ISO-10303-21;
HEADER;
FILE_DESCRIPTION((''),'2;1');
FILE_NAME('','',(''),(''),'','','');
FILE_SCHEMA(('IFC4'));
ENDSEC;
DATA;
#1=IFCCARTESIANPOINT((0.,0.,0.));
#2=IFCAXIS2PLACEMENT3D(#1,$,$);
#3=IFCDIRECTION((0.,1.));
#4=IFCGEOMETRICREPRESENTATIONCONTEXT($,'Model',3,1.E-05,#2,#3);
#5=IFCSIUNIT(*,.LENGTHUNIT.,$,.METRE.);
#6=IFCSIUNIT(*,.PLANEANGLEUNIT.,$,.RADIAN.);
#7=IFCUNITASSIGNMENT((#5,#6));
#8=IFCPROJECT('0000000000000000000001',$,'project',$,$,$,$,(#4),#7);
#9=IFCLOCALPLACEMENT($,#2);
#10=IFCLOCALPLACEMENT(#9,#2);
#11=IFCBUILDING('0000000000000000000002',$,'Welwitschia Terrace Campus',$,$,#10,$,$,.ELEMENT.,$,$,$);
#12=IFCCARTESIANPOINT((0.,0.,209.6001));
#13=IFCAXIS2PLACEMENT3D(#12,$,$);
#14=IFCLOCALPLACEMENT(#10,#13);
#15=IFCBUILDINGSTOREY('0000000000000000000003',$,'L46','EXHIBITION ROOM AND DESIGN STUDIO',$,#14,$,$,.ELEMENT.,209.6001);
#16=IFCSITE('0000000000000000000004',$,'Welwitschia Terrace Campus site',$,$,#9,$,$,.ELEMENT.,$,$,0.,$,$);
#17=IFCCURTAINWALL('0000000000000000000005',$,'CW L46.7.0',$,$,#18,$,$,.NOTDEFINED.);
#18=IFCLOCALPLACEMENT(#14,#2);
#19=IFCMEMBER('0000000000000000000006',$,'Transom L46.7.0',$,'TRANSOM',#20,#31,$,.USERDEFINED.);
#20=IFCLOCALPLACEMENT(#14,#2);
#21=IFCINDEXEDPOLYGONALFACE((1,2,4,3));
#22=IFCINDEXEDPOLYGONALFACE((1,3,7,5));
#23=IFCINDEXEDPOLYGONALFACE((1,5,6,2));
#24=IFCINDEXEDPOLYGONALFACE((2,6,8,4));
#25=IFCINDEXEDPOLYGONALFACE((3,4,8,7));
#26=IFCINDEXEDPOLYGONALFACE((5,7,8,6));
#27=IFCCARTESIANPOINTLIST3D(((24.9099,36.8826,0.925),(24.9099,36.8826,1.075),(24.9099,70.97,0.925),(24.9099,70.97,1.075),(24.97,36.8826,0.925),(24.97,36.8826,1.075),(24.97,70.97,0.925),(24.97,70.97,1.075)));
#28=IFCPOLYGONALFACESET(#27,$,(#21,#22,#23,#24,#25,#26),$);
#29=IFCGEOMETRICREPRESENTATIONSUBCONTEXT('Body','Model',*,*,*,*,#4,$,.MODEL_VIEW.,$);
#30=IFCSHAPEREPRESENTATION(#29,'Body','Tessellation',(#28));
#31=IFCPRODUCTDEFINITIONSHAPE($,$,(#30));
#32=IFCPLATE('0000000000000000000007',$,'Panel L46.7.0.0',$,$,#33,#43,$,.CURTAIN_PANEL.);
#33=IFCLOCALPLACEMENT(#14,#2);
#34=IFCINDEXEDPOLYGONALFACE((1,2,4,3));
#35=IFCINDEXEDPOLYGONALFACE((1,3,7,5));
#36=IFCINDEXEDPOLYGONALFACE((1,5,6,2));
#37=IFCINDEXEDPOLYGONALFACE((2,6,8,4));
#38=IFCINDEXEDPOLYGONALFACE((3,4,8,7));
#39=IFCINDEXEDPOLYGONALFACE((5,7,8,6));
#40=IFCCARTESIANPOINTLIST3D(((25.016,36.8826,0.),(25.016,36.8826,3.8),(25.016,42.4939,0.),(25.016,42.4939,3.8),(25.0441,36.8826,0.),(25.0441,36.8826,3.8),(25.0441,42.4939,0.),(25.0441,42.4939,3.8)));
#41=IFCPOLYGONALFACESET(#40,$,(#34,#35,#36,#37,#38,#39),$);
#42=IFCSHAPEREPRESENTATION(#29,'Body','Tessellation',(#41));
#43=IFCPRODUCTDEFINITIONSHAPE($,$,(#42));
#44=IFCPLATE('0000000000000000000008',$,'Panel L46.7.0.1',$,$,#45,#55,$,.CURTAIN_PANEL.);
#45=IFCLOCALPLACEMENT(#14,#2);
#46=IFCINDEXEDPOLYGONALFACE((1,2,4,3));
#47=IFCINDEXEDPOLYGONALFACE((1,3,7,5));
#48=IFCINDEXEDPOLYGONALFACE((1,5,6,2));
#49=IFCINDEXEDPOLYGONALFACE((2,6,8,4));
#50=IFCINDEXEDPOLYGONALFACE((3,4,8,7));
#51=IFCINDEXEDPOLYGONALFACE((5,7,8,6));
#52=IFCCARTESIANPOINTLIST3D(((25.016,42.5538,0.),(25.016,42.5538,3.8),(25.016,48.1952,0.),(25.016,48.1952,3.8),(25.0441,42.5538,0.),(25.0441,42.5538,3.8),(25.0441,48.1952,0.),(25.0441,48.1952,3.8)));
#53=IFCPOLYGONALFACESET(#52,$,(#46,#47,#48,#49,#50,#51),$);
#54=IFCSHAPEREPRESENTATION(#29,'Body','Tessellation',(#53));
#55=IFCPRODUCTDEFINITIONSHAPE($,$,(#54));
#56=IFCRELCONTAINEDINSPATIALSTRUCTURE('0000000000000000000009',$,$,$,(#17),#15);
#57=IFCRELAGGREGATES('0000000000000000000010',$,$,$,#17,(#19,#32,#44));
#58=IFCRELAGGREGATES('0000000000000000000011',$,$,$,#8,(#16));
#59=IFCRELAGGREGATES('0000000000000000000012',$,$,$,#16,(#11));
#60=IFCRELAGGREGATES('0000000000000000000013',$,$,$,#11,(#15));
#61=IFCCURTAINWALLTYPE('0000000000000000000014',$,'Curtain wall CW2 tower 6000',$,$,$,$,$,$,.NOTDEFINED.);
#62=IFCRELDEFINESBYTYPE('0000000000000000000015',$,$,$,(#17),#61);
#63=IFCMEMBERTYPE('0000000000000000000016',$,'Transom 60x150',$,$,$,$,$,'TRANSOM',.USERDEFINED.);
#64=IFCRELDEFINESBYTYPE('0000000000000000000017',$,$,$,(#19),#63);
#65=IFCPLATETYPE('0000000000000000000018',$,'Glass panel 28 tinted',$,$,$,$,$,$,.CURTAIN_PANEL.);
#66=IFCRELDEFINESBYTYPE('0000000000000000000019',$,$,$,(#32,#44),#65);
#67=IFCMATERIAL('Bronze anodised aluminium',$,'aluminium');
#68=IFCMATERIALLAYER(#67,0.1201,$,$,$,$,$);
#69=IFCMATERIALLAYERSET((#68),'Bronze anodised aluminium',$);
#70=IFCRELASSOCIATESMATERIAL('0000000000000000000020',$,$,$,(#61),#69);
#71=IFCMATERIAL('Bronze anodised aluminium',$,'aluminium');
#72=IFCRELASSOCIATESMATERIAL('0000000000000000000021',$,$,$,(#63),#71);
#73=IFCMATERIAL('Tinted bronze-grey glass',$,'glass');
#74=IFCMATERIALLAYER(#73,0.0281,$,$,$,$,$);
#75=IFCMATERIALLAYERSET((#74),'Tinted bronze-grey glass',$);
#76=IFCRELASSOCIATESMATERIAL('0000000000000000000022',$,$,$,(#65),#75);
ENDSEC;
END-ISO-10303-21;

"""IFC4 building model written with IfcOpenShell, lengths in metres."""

from ifc_helpers import new_model, si_unit, direction, frame, origin, origin_2d, place, context, subcontext, project, spatial, rectangle, extrude, material, layer, layer_set, material_profile, profile_set, type_object, element, aggregate, save


model = new_model("IFC4")

# Units and contexts
model_context = context("Model", 3, precision=1e-05, world=origin(), true_north=direction((0.0, 1.0)))
body_context = subcontext(model_context, "Body", "Model", "MODEL_VIEW")
ifc_project = project(units=[si_unit("LENGTHUNIT", "METRE"), si_unit("PLANEANGLEUNIT", "RADIAN")], contexts=[model_context])

# Site, building, storey
site_placement = place(None, origin())
site = spatial("IfcSite", under=ifc_project, at=site_placement, Name="Welwitschia Terrace Campus site", CompositionType="ELEMENT", RefElevation=0.0)
building_placement = place(site_placement, origin())
building = spatial("IfcBuilding", under=site, at=building_placement, Name="Welwitschia Terrace Campus", CompositionType="ELEMENT")
storey_placement = place(building_placement, frame((0.0, 0.0, 209.6001)))
storey = spatial("IfcBuildingStorey", under=building, at=storey_placement, Name="L46", Description="EXHIBITION ROOM AND DESIGN STUDIO", CompositionType="ELEMENT", Elevation=209.6001)

# Shared definitions
ifc_material_1 = material(Name="Bronze anodised aluminium", Category="aluminium")
ifc_layer_1 = layer(ifc_material_1, 0.1201)
ifc_layer_set_1 = layer_set([ifc_layer_1], Name="Bronze anodised aluminium")
curtain_wall_type = type_object("IfcCurtainWallType", Name="Curtain wall CW2 tower 6000", PredefinedType="NOTDEFINED", material=ifc_layer_set_1)

# Curtain wall
curtain_wall_1_placement = place(storey_placement, origin())
curtain_wall_1 = element("IfcCurtainWall", 1, at=curtain_wall_1_placement, inside=storey, type_object=curtain_wall_type, Name="CW L46.7.0", PredefinedType="NOTDEFINED")

# Member
ifc_material_2 = material(Name="Bronze anodised aluminium", Category="aluminium")
ifc_material_profile_1 = material_profile(ifc_material_2, rectangle(XDim=0.0601, YDim=0.1499, at=origin_2d()))
ifc_profile_set_1 = profile_set([ifc_material_profile_1], Name="Bronze anodised aluminium")
member_type_1 = type_object("IfcMemberType", Name="Transom 60x150", ElementType="TRANSOM", PredefinedType="USERDEFINED", material=ifc_profile_set_1)
member_1_placement = place(storey_placement, frame((24.9399, 36.8826, 1.0), z_axis=(0.0, 1.0, 0.0), x_axis=(-1.0, 0.0, 0.0)))
member_1 = element("IfcMember", 2, at=member_1_placement, type_object=member_type_1, Name="Transom L46.7.0", ObjectType="TRANSOM", PredefinedType="USERDEFINED", context=body_context, shape_type="SweptSolid", body=[
    extrude(rectangle(XDim=0.0601, YDim=0.1499, at=origin_2d()), origin(), (0.0, 0.0, 1.0), 34.0874),
])

# Plates
ifc_material_3 = material(Name="Tinted bronze-grey glass", Category="glass")
ifc_layer_2 = layer(ifc_material_3, 0.0281)
ifc_layer_set_2 = layer_set([ifc_layer_2], Name="Tinted bronze-grey glass")
plate_type = type_object("IfcPlateType", Name="Glass panel 28 tinted", PredefinedType="CURTAIN_PANEL", material=ifc_layer_set_2)
plate_1_placement = place(storey_placement, frame((25.03, 39.6882, 0.0), z_axis=(0.0, 0.0, 1.0), x_axis=(0.0, 1.0, 0.0)))
plate_1 = element("IfcPlate", 3, at=plate_1_placement, type_object=plate_type, Name="Panel L46.7.0.0", PredefinedType="CURTAIN_PANEL", context=body_context, shape_type="SweptSolid", body=[
    extrude(rectangle(XDim=5.6113, YDim=0.0281, at=origin_2d()), origin(), (0.0, 0.0, 1.0), 3.8),
])
plate_2_placement = place(storey_placement, frame((25.03, 45.3745, 0.0), z_axis=(0.0, 0.0, 1.0), x_axis=(0.0, 1.0, 0.0)))
plate_2 = element("IfcPlate", 4, at=plate_2_placement, type_object=plate_type, Name="Panel L46.7.0.1", PredefinedType="CURTAIN_PANEL", context=body_context, shape_type="SweptSolid", body=[
    extrude(rectangle(XDim=5.6414, YDim=0.0281, at=origin_2d()), origin(), (0.0, 0.0, 1.0), 3.8),
])
aggregate(curtain_wall_1, [member_1, plate_1, plate_2])

save(model, "model.ifc")
